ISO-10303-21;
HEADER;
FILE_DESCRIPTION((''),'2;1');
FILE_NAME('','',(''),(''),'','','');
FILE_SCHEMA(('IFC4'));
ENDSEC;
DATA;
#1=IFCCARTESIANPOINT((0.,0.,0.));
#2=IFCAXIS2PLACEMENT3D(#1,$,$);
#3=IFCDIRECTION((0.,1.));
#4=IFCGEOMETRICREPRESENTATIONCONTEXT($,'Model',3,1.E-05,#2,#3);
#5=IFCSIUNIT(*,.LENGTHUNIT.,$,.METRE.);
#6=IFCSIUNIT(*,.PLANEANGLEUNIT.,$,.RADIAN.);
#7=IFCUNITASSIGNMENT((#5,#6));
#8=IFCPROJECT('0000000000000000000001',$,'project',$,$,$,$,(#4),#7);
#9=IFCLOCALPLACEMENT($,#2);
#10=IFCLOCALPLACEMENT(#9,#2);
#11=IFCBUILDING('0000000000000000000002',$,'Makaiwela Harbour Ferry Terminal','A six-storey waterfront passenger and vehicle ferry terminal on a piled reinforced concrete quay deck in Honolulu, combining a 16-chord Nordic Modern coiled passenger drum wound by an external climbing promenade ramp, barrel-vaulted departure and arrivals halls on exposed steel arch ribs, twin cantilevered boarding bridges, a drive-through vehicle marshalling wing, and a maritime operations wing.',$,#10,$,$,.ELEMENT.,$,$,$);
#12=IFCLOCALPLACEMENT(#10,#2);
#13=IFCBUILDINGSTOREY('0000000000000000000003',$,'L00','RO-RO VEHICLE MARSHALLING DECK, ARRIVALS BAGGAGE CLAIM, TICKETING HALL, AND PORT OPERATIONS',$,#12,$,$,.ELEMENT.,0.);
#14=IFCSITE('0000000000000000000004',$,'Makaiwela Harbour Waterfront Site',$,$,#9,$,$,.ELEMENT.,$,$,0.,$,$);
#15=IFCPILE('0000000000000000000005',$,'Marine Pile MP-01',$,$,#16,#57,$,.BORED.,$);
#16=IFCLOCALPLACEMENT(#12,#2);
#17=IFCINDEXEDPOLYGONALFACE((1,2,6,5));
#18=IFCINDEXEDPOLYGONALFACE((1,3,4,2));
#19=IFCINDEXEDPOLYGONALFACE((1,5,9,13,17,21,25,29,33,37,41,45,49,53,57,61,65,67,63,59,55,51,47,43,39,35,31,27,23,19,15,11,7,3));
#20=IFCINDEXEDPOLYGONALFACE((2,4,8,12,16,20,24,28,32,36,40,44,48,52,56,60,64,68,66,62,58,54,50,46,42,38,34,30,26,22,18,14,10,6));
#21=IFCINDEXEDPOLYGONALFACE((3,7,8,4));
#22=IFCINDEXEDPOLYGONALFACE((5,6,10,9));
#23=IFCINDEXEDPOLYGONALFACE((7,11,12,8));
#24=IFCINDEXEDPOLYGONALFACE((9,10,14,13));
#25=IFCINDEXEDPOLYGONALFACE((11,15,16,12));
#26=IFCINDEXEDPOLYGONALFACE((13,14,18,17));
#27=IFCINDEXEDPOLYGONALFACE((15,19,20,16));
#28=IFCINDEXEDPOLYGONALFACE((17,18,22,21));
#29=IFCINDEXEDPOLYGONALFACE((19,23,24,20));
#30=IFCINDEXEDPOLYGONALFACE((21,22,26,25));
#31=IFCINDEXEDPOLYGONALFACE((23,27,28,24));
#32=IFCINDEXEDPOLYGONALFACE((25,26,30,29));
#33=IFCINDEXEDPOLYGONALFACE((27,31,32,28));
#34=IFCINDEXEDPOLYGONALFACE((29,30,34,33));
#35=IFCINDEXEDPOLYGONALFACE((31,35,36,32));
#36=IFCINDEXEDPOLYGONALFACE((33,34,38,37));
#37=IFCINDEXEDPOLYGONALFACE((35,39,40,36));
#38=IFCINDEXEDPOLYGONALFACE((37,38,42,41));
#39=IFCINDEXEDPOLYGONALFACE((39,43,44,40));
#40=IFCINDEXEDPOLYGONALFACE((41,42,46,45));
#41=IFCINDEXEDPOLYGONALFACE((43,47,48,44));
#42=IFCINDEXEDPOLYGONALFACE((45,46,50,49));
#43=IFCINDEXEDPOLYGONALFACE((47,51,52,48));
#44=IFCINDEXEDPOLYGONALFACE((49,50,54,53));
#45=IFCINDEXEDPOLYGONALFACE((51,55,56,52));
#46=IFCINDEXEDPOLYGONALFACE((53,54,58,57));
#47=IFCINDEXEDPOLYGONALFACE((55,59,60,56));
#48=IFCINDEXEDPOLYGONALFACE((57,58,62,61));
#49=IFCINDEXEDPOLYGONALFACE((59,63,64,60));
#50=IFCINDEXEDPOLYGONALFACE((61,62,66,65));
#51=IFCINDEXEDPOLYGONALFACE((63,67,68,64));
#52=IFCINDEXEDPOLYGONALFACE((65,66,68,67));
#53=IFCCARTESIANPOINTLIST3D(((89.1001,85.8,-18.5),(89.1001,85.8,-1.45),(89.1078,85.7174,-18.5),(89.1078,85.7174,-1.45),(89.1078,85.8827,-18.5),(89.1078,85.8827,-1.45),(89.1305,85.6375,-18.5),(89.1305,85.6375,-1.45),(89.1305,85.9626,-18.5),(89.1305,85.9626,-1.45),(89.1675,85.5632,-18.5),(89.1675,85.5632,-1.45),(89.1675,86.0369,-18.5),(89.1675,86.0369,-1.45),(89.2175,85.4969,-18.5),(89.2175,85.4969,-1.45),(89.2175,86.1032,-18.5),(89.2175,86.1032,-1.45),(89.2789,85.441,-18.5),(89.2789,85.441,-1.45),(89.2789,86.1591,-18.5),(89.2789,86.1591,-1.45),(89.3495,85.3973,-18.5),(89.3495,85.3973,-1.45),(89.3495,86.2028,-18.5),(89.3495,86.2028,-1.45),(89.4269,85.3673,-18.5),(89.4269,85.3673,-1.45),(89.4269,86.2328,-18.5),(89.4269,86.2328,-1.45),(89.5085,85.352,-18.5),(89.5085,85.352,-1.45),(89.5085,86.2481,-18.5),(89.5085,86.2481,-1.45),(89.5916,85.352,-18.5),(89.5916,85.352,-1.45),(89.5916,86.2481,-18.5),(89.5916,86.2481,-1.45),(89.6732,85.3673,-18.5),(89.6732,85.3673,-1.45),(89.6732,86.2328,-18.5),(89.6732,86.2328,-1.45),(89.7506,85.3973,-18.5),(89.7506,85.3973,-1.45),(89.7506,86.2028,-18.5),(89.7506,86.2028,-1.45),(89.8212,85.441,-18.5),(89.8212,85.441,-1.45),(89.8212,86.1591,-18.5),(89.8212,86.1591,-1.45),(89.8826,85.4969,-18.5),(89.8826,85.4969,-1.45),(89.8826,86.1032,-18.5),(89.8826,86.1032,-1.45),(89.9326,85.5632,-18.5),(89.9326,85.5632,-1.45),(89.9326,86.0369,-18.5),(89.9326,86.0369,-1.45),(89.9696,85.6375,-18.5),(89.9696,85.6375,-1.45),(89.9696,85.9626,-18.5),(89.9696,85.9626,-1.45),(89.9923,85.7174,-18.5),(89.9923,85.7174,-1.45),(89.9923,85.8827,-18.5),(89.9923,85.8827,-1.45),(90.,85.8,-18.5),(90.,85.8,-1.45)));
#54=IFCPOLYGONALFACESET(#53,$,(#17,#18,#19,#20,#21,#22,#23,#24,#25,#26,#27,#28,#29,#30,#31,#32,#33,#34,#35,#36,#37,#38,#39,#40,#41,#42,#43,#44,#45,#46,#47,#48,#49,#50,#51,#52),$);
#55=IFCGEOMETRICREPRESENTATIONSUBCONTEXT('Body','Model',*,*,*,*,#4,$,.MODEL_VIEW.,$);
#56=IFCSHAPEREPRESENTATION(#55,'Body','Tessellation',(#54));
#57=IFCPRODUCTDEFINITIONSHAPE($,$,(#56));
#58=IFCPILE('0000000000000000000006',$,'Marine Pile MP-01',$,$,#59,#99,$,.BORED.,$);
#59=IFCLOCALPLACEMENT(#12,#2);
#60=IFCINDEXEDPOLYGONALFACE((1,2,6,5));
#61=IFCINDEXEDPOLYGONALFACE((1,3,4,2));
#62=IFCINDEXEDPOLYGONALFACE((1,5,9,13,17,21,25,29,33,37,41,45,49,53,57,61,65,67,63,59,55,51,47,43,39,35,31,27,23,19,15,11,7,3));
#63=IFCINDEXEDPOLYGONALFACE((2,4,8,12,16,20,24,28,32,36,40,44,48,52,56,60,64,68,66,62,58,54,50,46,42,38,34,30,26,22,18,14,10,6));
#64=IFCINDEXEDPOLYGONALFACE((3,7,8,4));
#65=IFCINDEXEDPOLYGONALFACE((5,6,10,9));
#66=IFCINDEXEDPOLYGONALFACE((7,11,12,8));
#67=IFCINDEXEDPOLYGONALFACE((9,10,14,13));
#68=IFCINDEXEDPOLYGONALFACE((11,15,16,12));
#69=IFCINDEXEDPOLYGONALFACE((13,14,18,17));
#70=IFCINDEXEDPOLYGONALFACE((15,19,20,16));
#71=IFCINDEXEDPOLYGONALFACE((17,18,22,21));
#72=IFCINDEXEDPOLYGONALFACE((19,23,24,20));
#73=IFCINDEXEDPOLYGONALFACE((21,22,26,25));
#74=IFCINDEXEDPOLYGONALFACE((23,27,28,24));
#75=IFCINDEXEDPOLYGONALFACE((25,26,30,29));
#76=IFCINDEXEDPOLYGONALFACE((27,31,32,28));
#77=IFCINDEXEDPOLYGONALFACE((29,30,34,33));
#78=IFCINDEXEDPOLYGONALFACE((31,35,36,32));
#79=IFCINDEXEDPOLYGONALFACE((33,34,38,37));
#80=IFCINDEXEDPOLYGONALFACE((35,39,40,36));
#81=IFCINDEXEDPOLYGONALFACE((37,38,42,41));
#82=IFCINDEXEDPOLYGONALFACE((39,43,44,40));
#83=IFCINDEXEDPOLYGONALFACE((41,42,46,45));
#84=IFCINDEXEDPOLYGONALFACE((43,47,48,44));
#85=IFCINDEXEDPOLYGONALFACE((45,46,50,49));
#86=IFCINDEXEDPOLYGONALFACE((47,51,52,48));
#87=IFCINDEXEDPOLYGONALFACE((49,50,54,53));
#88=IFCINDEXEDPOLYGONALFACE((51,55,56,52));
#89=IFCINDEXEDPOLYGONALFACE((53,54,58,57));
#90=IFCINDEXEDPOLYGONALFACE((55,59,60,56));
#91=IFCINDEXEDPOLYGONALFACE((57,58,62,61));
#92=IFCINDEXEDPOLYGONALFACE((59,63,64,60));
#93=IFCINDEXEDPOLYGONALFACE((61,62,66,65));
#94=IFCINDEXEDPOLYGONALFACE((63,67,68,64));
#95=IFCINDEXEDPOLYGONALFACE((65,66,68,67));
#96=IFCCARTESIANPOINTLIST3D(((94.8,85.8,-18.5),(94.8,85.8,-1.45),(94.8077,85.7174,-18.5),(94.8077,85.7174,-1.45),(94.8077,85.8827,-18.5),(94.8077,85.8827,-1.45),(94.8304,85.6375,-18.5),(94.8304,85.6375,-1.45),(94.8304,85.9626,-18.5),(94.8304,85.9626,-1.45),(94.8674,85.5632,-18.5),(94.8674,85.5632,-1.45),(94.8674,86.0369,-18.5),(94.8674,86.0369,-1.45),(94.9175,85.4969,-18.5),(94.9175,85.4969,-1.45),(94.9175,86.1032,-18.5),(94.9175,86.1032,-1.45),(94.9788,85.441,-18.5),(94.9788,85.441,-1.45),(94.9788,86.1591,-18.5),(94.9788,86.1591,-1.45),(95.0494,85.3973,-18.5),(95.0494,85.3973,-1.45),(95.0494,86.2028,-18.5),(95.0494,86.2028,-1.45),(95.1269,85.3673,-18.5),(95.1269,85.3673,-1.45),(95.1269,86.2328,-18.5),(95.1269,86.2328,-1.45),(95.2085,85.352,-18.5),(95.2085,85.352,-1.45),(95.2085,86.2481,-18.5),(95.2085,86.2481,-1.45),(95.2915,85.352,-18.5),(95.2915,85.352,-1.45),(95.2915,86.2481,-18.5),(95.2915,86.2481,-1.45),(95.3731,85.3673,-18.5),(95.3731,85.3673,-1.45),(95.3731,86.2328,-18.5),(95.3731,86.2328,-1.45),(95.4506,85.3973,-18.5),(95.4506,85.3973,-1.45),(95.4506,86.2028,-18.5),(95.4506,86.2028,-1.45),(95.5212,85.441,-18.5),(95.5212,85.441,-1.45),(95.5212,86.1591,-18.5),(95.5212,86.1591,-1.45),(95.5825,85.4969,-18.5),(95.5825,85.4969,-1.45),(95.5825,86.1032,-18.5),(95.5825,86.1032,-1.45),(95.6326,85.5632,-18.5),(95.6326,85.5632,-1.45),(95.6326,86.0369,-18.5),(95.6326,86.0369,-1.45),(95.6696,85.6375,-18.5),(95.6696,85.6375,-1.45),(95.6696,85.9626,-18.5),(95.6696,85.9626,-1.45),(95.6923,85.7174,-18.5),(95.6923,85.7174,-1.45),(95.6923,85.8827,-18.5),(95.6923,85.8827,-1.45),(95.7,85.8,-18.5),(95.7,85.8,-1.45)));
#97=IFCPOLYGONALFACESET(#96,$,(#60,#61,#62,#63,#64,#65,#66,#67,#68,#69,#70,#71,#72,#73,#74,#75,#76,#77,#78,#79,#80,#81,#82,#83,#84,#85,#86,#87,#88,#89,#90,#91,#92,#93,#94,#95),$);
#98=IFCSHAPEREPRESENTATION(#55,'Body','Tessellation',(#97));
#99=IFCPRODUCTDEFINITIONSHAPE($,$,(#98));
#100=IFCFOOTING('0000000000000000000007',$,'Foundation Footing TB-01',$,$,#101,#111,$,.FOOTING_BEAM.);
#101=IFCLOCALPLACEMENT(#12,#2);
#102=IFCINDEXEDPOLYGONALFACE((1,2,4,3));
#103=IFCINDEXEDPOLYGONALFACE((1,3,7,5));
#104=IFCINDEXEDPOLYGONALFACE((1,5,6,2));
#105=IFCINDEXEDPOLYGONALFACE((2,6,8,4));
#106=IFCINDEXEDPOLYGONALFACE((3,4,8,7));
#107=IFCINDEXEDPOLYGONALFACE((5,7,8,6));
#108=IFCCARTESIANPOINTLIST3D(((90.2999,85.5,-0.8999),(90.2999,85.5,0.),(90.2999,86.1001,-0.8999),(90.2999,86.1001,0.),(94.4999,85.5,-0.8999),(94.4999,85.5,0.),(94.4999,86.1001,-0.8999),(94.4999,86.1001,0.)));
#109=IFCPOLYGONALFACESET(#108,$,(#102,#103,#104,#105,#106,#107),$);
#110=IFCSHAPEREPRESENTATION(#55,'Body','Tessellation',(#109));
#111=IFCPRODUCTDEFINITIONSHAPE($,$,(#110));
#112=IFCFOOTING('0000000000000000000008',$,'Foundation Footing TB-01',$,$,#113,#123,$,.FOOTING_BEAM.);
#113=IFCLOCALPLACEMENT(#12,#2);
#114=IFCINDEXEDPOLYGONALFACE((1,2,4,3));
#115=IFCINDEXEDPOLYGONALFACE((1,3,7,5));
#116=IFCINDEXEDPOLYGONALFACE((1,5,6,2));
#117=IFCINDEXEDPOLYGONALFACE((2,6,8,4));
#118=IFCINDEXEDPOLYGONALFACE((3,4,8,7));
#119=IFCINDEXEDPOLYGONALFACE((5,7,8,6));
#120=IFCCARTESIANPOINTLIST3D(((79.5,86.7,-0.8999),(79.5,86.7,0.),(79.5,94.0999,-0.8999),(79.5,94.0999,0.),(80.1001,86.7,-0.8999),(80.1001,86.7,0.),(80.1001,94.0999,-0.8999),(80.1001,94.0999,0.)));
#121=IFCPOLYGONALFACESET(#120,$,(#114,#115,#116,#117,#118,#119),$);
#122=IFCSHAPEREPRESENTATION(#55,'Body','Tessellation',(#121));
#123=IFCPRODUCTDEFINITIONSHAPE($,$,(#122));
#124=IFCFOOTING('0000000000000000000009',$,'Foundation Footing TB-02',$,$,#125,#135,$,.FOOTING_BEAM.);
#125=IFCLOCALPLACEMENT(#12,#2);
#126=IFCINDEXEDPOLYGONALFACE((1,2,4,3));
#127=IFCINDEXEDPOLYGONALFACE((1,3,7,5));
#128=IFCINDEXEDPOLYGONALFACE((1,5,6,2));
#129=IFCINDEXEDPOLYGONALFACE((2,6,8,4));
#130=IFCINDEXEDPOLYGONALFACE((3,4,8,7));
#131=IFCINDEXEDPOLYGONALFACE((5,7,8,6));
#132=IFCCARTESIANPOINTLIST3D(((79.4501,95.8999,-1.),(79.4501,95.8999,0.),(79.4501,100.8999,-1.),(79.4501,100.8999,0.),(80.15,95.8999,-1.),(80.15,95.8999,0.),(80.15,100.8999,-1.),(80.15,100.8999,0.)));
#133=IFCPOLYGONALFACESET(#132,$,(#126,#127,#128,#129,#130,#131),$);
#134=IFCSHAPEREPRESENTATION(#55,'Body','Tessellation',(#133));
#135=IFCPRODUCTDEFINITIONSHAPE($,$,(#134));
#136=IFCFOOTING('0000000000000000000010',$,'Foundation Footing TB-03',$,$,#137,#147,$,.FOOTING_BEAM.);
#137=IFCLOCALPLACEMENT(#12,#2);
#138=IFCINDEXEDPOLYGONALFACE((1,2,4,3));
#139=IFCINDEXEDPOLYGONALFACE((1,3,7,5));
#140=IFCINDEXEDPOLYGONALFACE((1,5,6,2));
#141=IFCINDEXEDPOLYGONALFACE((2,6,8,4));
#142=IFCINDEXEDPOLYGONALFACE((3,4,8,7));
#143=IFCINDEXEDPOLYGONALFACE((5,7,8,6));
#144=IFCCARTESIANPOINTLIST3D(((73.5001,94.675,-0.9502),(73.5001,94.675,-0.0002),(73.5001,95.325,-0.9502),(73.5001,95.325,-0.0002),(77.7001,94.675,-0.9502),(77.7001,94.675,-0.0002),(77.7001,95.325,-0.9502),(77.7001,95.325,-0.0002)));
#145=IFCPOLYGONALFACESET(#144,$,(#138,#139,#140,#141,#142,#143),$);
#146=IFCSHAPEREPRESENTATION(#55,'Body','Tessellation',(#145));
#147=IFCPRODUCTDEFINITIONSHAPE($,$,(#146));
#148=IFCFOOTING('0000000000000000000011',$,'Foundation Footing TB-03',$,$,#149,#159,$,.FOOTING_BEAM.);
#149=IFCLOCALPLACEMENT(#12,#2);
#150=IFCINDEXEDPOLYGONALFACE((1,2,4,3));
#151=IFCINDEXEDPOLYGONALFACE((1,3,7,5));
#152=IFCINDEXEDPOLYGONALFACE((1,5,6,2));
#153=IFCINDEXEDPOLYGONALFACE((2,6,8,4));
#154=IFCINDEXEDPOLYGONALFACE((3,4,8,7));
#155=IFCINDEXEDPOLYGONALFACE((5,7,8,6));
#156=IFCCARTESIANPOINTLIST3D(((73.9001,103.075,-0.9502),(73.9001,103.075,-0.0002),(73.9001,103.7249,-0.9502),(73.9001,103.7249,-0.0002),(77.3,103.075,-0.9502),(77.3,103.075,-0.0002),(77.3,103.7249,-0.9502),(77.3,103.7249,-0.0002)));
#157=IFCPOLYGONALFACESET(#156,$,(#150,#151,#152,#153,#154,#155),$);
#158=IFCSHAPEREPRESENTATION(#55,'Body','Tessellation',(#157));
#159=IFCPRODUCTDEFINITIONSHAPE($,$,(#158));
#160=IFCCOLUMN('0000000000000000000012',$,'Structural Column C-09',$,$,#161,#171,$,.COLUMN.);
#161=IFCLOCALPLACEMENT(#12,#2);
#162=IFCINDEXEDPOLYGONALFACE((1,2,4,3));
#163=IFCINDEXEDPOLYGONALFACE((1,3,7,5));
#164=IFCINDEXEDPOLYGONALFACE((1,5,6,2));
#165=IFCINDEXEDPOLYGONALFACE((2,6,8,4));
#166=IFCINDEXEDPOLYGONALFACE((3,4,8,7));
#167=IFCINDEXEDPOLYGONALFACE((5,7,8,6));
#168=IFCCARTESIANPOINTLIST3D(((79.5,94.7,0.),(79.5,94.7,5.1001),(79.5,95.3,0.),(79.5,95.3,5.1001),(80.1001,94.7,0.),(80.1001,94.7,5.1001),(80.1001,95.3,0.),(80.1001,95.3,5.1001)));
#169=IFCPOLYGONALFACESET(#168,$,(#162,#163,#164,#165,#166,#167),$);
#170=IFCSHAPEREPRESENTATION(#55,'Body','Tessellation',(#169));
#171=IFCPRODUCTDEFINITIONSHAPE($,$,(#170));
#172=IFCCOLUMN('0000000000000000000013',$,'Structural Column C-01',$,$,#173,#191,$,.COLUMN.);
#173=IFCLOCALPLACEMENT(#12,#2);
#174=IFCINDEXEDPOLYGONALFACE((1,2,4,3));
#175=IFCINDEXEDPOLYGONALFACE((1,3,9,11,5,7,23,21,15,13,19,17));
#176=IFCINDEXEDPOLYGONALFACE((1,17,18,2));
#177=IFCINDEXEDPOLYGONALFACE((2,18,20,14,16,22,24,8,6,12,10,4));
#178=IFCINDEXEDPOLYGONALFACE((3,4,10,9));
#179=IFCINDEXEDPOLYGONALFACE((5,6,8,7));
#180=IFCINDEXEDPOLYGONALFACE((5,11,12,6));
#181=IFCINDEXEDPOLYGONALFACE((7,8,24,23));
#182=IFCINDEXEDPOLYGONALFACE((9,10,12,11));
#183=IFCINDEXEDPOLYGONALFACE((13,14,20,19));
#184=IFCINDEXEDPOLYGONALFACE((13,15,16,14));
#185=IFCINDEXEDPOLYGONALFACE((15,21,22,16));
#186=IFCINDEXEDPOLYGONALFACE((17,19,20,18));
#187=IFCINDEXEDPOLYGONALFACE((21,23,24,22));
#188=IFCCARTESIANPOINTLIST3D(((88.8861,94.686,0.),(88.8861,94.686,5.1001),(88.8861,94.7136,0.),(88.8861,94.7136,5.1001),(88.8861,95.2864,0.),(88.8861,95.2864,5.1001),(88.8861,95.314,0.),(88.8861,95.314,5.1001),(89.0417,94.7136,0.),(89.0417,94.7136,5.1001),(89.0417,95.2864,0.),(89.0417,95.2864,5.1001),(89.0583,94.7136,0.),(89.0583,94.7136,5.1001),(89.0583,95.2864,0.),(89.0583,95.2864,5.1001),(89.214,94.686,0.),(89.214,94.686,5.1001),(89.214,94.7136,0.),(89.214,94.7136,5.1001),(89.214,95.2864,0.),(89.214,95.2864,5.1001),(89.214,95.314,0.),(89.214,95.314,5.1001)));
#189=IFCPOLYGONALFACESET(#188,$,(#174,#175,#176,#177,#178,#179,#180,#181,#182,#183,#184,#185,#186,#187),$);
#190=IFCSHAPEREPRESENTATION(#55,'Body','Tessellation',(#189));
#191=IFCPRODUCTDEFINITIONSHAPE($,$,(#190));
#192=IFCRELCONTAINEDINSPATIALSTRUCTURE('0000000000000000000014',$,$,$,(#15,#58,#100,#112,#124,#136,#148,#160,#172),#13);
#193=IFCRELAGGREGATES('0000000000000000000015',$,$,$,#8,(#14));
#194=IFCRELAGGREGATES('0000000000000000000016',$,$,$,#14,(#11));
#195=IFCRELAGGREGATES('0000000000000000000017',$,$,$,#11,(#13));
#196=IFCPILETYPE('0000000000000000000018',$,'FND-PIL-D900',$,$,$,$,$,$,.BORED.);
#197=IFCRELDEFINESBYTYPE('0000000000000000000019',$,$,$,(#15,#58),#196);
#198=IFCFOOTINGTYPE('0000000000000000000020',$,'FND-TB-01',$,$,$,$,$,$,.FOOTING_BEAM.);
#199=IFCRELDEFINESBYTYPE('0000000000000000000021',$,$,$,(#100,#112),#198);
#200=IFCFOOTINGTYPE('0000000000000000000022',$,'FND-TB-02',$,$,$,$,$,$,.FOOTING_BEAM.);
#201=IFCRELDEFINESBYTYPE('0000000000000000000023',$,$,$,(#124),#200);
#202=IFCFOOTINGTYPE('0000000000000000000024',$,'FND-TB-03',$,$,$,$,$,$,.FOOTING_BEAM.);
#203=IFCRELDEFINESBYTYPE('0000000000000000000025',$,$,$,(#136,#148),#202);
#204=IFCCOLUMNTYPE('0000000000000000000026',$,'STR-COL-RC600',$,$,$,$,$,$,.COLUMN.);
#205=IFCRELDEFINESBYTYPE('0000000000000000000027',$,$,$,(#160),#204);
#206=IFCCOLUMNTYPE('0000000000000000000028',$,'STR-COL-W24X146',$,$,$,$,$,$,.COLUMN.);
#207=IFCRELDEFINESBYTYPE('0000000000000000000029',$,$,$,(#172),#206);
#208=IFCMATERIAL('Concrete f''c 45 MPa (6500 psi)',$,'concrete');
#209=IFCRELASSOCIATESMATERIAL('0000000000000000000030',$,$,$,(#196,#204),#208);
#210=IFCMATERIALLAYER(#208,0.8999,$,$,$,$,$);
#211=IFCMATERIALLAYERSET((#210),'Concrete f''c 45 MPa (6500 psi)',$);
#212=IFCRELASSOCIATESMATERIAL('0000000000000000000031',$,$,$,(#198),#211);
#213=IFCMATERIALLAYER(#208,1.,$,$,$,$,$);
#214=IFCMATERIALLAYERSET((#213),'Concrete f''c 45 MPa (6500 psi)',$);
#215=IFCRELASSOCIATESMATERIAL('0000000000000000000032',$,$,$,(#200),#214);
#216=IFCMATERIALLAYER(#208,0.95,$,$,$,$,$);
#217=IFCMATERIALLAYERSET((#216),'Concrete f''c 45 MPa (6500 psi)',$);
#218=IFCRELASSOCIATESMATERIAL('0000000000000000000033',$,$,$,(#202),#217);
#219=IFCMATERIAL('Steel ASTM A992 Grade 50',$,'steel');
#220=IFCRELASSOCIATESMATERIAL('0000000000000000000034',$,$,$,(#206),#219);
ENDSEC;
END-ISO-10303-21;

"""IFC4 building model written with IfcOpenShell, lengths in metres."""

from ifc_helpers import new_model, si_unit, direction, frame, origin, origin_2d, place, context, subcontext, project, spatial, rectangle, circle, i_section, extrude, material, layer, layer_set, material_profile, profile_set, type_object, element, save


model = new_model("IFC4")

# Units and contexts
model_context = context("Model", 3, precision=1e-05, world=origin(), true_north=direction((0.0, 1.0)))
body_context = subcontext(model_context, "Body", "Model", "MODEL_VIEW")
ifc_project = project(units=[si_unit("LENGTHUNIT", "METRE"), si_unit("PLANEANGLEUNIT", "RADIAN")], contexts=[model_context])

# Site, building, storey
site_placement = place(None, origin())
site = spatial("IfcSite", under=ifc_project, at=site_placement, Name="Makaiwela Harbour Waterfront Site", CompositionType="ELEMENT", RefElevation=0.0)
building_placement = place(site_placement, origin())
building = spatial("IfcBuilding", under=site, at=building_placement, Name="Makaiwela Harbour Ferry Terminal", Description="A six-storey waterfront passenger and vehicle ferry terminal on a piled reinforced concrete quay deck in Honolulu, combining a 16-chord Nordic Modern coiled passenger drum wound by an external climbing promenade ramp, barrel-vaulted departure and arrivals halls on exposed steel arch ribs, twin cantilevered boarding bridges, a drive-through vehicle marshalling wing, and a maritime operations wing.", CompositionType="ELEMENT")
storey_placement = place(building_placement, origin())
storey = spatial("IfcBuildingStorey", under=building, at=storey_placement, Name="L00", Description="RO-RO VEHICLE MARSHALLING DECK, ARRIVALS BAGGAGE CLAIM, TICKETING HALL, AND PORT OPERATIONS", CompositionType="ELEMENT", Elevation=0.0)

# Shared definitions
ifc_material_1 = material(Name="Concrete f'c 45 MPa (6500 psi)", Category="concrete")

# Piles
ifc_material_profile_1 = material_profile(ifc_material_1, circle(Radius=0.45, at=origin_2d()), Name="PILE-D900")
ifc_profile_set_1 = profile_set([ifc_material_profile_1], Name="Concrete f'c 45 MPa (6500 psi)")
pile_type = type_object("IfcPileType", Name="FND-PIL-D900", PredefinedType="BORED", material=ifc_profile_set_1)
for number, where, z_axis, x_axis, name in (
    (1, (89.55, 85.8, -1.45), (0.0, 0.0, -1.0), (1.0, 0.0, 0.0), "Marine Pile MP-01"),
    (2, (95.25, 85.8, -1.45), (0.0, 0.0, -1.0), (1.0, 0.0, 0.0), "Marine Pile MP-01"),
):
    element("IfcPile", number, at=place(storey_placement, frame(where, z_axis=z_axis, x_axis=x_axis)), inside=storey, type_object=pile_type, Name=name, PredefinedType="BORED", context=body_context, shape_type="SweptSolid", body=[
        extrude(circle(Radius=0.45, at=origin_2d()), origin(), (0.0, 0.0, 1.0), 17.05),
    ])

# Footings
ifc_layer_1 = layer(ifc_material_1, 0.8999)
ifc_layer_set_1 = layer_set([ifc_layer_1], Name="Concrete f'c 45 MPa (6500 psi)")
footing_type_1 = type_object("IfcFootingType", Name="FND-TB-01", PredefinedType="FOOTING_BEAM", material=ifc_layer_set_1)
footing_1_placement = place(storey_placement, frame((92.3999, 85.8, -0.8999), z_axis=(0.0, 0.0, 1.0), x_axis=(1.0, 0.0, 0.0)))
element("IfcFooting", 3, at=footing_1_placement, inside=storey, type_object=footing_type_1, Name="Foundation Footing TB-01", PredefinedType="FOOTING_BEAM", context=body_context, shape_type="SweptSolid", body=[
    extrude(rectangle(XDim=4.2, YDim=0.6001, at=origin_2d()), origin(), (0.0, 0.0, 1.0), 0.8999),
])
footing_2_placement = place(storey_placement, frame((79.8, 90.3999, -0.8999), z_axis=(0.0, 0.0, 1.0), x_axis=(0.0, 1.0, 0.0)))
element("IfcFooting", 4, at=footing_2_placement, inside=storey, type_object=footing_type_1, Name="Foundation Footing TB-01", PredefinedType="FOOTING_BEAM", context=body_context, shape_type="SweptSolid", body=[
    extrude(rectangle(XDim=7.3999, YDim=0.6001, at=origin_2d()), origin(), (0.0, 0.0, 1.0), 0.8999),
])
ifc_layer_2 = layer(ifc_material_1, 1.0)
ifc_layer_set_2 = layer_set([ifc_layer_2], Name="Concrete f'c 45 MPa (6500 psi)")
footing_type_2 = type_object("IfcFootingType", Name="FND-TB-02", PredefinedType="FOOTING_BEAM", material=ifc_layer_set_2)
footing_3_placement = place(storey_placement, frame((79.8, 98.3999, -1.0), z_axis=(0.0, 0.0, 1.0), x_axis=(0.0, 1.0, 0.0)))
element("IfcFooting", 5, at=footing_3_placement, inside=storey, type_object=footing_type_2, Name="Foundation Footing TB-02", PredefinedType="FOOTING_BEAM", context=body_context, shape_type="SweptSolid", body=[
    extrude(rectangle(XDim=5.0, YDim=0.7, at=origin_2d()), origin(), (0.0, 0.0, 1.0), 1.0),
])
ifc_layer_3 = layer(ifc_material_1, 0.95)
ifc_layer_set_3 = layer_set([ifc_layer_3], Name="Concrete f'c 45 MPa (6500 psi)")
footing_type_3 = type_object("IfcFootingType", Name="FND-TB-03", PredefinedType="FOOTING_BEAM", material=ifc_layer_set_3)
footing_4_placement = place(storey_placement, frame((75.6001, 95.0, -0.9502), z_axis=(0.0, 0.0, 1.0), x_axis=(1.0, 0.0, 0.0)))
element("IfcFooting", 6, at=footing_4_placement, inside=storey, type_object=footing_type_3, Name="Foundation Footing TB-03", PredefinedType="FOOTING_BEAM", context=body_context, shape_type="SweptSolid", body=[
    extrude(rectangle(XDim=4.2, YDim=0.6499, at=origin_2d()), origin(), (0.0, 0.0, 1.0), 0.95),
])
footing_5_placement = place(storey_placement, frame((75.6001, 103.3999, -0.9502), z_axis=(0.0, 0.0, 1.0), x_axis=(1.0, 0.0, 0.0)))
element("IfcFooting", 7, at=footing_5_placement, inside=storey, type_object=footing_type_3, Name="Foundation Footing TB-03", PredefinedType="FOOTING_BEAM", context=body_context, shape_type="SweptSolid", body=[
    extrude(rectangle(XDim=3.3999, YDim=0.6499, at=origin_2d()), origin(), (0.0, 0.0, 1.0), 0.95),
])

# Columns
ifc_material_profile_2 = material_profile(ifc_material_1, rectangle(XDim=0.6001, YDim=0.6001, at=origin_2d()), Name="RC-600X600")
ifc_profile_set_2 = profile_set([ifc_material_profile_2], Name="Concrete f'c 45 MPa (6500 psi)")
column_type_1 = type_object("IfcColumnType", Name="STR-COL-RC600", PredefinedType="COLUMN", material=ifc_profile_set_2)
column_placement = place(storey_placement, frame((79.8, 95.0, 0.0), z_axis=(0.0, 0.0, 1.0), x_axis=(1.0, 0.0, 0.0)))
element("IfcColumn", 8, at=column_placement, inside=storey, type_object=column_type_1, Name="Structural Column C-09", PredefinedType="COLUMN", context=body_context, shape_type="SweptSolid", body=[
    extrude(rectangle(XDim=0.6001, YDim=0.6001, at=origin_2d()), origin(), (0.0, 0.0, 1.0), 5.1001),
])
ifc_material_2 = material(Name="Steel ASTM A992 Grade 50", Category="steel")
ifc_material_profile_3 = material_profile(ifc_material_2, i_section(OverallWidth=0.3279, OverallDepth=0.6279, WebThickness=0.0166, FlangeThickness=0.0276, at=origin_2d()), Name="W24X146")
ifc_profile_set_3 = profile_set([ifc_material_profile_3], Name="Steel ASTM A992 Grade 50")
column_type_2 = type_object("IfcColumnType", Name="STR-COL-W24X146", PredefinedType="COLUMN", material=ifc_profile_set_3)
for number, where, z_axis, x_axis, name in (
    (9, (89.05, 95.0, 0.0), (0.0, 0.0, 1.0), (1.0, 0.0, 0.0), "Structural Column C-01"),
):
    element("IfcColumn", number, at=place(storey_placement, frame(where, z_axis=z_axis, x_axis=x_axis)), inside=storey, type_object=column_type_2, Name=name, PredefinedType="COLUMN", context=body_context, shape_type="SweptSolid", body=[
        extrude(i_section(OverallWidth=0.3279, OverallDepth=0.6279, WebThickness=0.0166, FlangeThickness=0.0276, at=origin_2d()), origin(), (0.0, 0.0, 1.0), 5.1001),
    ])

save(model, "model.ifc")
